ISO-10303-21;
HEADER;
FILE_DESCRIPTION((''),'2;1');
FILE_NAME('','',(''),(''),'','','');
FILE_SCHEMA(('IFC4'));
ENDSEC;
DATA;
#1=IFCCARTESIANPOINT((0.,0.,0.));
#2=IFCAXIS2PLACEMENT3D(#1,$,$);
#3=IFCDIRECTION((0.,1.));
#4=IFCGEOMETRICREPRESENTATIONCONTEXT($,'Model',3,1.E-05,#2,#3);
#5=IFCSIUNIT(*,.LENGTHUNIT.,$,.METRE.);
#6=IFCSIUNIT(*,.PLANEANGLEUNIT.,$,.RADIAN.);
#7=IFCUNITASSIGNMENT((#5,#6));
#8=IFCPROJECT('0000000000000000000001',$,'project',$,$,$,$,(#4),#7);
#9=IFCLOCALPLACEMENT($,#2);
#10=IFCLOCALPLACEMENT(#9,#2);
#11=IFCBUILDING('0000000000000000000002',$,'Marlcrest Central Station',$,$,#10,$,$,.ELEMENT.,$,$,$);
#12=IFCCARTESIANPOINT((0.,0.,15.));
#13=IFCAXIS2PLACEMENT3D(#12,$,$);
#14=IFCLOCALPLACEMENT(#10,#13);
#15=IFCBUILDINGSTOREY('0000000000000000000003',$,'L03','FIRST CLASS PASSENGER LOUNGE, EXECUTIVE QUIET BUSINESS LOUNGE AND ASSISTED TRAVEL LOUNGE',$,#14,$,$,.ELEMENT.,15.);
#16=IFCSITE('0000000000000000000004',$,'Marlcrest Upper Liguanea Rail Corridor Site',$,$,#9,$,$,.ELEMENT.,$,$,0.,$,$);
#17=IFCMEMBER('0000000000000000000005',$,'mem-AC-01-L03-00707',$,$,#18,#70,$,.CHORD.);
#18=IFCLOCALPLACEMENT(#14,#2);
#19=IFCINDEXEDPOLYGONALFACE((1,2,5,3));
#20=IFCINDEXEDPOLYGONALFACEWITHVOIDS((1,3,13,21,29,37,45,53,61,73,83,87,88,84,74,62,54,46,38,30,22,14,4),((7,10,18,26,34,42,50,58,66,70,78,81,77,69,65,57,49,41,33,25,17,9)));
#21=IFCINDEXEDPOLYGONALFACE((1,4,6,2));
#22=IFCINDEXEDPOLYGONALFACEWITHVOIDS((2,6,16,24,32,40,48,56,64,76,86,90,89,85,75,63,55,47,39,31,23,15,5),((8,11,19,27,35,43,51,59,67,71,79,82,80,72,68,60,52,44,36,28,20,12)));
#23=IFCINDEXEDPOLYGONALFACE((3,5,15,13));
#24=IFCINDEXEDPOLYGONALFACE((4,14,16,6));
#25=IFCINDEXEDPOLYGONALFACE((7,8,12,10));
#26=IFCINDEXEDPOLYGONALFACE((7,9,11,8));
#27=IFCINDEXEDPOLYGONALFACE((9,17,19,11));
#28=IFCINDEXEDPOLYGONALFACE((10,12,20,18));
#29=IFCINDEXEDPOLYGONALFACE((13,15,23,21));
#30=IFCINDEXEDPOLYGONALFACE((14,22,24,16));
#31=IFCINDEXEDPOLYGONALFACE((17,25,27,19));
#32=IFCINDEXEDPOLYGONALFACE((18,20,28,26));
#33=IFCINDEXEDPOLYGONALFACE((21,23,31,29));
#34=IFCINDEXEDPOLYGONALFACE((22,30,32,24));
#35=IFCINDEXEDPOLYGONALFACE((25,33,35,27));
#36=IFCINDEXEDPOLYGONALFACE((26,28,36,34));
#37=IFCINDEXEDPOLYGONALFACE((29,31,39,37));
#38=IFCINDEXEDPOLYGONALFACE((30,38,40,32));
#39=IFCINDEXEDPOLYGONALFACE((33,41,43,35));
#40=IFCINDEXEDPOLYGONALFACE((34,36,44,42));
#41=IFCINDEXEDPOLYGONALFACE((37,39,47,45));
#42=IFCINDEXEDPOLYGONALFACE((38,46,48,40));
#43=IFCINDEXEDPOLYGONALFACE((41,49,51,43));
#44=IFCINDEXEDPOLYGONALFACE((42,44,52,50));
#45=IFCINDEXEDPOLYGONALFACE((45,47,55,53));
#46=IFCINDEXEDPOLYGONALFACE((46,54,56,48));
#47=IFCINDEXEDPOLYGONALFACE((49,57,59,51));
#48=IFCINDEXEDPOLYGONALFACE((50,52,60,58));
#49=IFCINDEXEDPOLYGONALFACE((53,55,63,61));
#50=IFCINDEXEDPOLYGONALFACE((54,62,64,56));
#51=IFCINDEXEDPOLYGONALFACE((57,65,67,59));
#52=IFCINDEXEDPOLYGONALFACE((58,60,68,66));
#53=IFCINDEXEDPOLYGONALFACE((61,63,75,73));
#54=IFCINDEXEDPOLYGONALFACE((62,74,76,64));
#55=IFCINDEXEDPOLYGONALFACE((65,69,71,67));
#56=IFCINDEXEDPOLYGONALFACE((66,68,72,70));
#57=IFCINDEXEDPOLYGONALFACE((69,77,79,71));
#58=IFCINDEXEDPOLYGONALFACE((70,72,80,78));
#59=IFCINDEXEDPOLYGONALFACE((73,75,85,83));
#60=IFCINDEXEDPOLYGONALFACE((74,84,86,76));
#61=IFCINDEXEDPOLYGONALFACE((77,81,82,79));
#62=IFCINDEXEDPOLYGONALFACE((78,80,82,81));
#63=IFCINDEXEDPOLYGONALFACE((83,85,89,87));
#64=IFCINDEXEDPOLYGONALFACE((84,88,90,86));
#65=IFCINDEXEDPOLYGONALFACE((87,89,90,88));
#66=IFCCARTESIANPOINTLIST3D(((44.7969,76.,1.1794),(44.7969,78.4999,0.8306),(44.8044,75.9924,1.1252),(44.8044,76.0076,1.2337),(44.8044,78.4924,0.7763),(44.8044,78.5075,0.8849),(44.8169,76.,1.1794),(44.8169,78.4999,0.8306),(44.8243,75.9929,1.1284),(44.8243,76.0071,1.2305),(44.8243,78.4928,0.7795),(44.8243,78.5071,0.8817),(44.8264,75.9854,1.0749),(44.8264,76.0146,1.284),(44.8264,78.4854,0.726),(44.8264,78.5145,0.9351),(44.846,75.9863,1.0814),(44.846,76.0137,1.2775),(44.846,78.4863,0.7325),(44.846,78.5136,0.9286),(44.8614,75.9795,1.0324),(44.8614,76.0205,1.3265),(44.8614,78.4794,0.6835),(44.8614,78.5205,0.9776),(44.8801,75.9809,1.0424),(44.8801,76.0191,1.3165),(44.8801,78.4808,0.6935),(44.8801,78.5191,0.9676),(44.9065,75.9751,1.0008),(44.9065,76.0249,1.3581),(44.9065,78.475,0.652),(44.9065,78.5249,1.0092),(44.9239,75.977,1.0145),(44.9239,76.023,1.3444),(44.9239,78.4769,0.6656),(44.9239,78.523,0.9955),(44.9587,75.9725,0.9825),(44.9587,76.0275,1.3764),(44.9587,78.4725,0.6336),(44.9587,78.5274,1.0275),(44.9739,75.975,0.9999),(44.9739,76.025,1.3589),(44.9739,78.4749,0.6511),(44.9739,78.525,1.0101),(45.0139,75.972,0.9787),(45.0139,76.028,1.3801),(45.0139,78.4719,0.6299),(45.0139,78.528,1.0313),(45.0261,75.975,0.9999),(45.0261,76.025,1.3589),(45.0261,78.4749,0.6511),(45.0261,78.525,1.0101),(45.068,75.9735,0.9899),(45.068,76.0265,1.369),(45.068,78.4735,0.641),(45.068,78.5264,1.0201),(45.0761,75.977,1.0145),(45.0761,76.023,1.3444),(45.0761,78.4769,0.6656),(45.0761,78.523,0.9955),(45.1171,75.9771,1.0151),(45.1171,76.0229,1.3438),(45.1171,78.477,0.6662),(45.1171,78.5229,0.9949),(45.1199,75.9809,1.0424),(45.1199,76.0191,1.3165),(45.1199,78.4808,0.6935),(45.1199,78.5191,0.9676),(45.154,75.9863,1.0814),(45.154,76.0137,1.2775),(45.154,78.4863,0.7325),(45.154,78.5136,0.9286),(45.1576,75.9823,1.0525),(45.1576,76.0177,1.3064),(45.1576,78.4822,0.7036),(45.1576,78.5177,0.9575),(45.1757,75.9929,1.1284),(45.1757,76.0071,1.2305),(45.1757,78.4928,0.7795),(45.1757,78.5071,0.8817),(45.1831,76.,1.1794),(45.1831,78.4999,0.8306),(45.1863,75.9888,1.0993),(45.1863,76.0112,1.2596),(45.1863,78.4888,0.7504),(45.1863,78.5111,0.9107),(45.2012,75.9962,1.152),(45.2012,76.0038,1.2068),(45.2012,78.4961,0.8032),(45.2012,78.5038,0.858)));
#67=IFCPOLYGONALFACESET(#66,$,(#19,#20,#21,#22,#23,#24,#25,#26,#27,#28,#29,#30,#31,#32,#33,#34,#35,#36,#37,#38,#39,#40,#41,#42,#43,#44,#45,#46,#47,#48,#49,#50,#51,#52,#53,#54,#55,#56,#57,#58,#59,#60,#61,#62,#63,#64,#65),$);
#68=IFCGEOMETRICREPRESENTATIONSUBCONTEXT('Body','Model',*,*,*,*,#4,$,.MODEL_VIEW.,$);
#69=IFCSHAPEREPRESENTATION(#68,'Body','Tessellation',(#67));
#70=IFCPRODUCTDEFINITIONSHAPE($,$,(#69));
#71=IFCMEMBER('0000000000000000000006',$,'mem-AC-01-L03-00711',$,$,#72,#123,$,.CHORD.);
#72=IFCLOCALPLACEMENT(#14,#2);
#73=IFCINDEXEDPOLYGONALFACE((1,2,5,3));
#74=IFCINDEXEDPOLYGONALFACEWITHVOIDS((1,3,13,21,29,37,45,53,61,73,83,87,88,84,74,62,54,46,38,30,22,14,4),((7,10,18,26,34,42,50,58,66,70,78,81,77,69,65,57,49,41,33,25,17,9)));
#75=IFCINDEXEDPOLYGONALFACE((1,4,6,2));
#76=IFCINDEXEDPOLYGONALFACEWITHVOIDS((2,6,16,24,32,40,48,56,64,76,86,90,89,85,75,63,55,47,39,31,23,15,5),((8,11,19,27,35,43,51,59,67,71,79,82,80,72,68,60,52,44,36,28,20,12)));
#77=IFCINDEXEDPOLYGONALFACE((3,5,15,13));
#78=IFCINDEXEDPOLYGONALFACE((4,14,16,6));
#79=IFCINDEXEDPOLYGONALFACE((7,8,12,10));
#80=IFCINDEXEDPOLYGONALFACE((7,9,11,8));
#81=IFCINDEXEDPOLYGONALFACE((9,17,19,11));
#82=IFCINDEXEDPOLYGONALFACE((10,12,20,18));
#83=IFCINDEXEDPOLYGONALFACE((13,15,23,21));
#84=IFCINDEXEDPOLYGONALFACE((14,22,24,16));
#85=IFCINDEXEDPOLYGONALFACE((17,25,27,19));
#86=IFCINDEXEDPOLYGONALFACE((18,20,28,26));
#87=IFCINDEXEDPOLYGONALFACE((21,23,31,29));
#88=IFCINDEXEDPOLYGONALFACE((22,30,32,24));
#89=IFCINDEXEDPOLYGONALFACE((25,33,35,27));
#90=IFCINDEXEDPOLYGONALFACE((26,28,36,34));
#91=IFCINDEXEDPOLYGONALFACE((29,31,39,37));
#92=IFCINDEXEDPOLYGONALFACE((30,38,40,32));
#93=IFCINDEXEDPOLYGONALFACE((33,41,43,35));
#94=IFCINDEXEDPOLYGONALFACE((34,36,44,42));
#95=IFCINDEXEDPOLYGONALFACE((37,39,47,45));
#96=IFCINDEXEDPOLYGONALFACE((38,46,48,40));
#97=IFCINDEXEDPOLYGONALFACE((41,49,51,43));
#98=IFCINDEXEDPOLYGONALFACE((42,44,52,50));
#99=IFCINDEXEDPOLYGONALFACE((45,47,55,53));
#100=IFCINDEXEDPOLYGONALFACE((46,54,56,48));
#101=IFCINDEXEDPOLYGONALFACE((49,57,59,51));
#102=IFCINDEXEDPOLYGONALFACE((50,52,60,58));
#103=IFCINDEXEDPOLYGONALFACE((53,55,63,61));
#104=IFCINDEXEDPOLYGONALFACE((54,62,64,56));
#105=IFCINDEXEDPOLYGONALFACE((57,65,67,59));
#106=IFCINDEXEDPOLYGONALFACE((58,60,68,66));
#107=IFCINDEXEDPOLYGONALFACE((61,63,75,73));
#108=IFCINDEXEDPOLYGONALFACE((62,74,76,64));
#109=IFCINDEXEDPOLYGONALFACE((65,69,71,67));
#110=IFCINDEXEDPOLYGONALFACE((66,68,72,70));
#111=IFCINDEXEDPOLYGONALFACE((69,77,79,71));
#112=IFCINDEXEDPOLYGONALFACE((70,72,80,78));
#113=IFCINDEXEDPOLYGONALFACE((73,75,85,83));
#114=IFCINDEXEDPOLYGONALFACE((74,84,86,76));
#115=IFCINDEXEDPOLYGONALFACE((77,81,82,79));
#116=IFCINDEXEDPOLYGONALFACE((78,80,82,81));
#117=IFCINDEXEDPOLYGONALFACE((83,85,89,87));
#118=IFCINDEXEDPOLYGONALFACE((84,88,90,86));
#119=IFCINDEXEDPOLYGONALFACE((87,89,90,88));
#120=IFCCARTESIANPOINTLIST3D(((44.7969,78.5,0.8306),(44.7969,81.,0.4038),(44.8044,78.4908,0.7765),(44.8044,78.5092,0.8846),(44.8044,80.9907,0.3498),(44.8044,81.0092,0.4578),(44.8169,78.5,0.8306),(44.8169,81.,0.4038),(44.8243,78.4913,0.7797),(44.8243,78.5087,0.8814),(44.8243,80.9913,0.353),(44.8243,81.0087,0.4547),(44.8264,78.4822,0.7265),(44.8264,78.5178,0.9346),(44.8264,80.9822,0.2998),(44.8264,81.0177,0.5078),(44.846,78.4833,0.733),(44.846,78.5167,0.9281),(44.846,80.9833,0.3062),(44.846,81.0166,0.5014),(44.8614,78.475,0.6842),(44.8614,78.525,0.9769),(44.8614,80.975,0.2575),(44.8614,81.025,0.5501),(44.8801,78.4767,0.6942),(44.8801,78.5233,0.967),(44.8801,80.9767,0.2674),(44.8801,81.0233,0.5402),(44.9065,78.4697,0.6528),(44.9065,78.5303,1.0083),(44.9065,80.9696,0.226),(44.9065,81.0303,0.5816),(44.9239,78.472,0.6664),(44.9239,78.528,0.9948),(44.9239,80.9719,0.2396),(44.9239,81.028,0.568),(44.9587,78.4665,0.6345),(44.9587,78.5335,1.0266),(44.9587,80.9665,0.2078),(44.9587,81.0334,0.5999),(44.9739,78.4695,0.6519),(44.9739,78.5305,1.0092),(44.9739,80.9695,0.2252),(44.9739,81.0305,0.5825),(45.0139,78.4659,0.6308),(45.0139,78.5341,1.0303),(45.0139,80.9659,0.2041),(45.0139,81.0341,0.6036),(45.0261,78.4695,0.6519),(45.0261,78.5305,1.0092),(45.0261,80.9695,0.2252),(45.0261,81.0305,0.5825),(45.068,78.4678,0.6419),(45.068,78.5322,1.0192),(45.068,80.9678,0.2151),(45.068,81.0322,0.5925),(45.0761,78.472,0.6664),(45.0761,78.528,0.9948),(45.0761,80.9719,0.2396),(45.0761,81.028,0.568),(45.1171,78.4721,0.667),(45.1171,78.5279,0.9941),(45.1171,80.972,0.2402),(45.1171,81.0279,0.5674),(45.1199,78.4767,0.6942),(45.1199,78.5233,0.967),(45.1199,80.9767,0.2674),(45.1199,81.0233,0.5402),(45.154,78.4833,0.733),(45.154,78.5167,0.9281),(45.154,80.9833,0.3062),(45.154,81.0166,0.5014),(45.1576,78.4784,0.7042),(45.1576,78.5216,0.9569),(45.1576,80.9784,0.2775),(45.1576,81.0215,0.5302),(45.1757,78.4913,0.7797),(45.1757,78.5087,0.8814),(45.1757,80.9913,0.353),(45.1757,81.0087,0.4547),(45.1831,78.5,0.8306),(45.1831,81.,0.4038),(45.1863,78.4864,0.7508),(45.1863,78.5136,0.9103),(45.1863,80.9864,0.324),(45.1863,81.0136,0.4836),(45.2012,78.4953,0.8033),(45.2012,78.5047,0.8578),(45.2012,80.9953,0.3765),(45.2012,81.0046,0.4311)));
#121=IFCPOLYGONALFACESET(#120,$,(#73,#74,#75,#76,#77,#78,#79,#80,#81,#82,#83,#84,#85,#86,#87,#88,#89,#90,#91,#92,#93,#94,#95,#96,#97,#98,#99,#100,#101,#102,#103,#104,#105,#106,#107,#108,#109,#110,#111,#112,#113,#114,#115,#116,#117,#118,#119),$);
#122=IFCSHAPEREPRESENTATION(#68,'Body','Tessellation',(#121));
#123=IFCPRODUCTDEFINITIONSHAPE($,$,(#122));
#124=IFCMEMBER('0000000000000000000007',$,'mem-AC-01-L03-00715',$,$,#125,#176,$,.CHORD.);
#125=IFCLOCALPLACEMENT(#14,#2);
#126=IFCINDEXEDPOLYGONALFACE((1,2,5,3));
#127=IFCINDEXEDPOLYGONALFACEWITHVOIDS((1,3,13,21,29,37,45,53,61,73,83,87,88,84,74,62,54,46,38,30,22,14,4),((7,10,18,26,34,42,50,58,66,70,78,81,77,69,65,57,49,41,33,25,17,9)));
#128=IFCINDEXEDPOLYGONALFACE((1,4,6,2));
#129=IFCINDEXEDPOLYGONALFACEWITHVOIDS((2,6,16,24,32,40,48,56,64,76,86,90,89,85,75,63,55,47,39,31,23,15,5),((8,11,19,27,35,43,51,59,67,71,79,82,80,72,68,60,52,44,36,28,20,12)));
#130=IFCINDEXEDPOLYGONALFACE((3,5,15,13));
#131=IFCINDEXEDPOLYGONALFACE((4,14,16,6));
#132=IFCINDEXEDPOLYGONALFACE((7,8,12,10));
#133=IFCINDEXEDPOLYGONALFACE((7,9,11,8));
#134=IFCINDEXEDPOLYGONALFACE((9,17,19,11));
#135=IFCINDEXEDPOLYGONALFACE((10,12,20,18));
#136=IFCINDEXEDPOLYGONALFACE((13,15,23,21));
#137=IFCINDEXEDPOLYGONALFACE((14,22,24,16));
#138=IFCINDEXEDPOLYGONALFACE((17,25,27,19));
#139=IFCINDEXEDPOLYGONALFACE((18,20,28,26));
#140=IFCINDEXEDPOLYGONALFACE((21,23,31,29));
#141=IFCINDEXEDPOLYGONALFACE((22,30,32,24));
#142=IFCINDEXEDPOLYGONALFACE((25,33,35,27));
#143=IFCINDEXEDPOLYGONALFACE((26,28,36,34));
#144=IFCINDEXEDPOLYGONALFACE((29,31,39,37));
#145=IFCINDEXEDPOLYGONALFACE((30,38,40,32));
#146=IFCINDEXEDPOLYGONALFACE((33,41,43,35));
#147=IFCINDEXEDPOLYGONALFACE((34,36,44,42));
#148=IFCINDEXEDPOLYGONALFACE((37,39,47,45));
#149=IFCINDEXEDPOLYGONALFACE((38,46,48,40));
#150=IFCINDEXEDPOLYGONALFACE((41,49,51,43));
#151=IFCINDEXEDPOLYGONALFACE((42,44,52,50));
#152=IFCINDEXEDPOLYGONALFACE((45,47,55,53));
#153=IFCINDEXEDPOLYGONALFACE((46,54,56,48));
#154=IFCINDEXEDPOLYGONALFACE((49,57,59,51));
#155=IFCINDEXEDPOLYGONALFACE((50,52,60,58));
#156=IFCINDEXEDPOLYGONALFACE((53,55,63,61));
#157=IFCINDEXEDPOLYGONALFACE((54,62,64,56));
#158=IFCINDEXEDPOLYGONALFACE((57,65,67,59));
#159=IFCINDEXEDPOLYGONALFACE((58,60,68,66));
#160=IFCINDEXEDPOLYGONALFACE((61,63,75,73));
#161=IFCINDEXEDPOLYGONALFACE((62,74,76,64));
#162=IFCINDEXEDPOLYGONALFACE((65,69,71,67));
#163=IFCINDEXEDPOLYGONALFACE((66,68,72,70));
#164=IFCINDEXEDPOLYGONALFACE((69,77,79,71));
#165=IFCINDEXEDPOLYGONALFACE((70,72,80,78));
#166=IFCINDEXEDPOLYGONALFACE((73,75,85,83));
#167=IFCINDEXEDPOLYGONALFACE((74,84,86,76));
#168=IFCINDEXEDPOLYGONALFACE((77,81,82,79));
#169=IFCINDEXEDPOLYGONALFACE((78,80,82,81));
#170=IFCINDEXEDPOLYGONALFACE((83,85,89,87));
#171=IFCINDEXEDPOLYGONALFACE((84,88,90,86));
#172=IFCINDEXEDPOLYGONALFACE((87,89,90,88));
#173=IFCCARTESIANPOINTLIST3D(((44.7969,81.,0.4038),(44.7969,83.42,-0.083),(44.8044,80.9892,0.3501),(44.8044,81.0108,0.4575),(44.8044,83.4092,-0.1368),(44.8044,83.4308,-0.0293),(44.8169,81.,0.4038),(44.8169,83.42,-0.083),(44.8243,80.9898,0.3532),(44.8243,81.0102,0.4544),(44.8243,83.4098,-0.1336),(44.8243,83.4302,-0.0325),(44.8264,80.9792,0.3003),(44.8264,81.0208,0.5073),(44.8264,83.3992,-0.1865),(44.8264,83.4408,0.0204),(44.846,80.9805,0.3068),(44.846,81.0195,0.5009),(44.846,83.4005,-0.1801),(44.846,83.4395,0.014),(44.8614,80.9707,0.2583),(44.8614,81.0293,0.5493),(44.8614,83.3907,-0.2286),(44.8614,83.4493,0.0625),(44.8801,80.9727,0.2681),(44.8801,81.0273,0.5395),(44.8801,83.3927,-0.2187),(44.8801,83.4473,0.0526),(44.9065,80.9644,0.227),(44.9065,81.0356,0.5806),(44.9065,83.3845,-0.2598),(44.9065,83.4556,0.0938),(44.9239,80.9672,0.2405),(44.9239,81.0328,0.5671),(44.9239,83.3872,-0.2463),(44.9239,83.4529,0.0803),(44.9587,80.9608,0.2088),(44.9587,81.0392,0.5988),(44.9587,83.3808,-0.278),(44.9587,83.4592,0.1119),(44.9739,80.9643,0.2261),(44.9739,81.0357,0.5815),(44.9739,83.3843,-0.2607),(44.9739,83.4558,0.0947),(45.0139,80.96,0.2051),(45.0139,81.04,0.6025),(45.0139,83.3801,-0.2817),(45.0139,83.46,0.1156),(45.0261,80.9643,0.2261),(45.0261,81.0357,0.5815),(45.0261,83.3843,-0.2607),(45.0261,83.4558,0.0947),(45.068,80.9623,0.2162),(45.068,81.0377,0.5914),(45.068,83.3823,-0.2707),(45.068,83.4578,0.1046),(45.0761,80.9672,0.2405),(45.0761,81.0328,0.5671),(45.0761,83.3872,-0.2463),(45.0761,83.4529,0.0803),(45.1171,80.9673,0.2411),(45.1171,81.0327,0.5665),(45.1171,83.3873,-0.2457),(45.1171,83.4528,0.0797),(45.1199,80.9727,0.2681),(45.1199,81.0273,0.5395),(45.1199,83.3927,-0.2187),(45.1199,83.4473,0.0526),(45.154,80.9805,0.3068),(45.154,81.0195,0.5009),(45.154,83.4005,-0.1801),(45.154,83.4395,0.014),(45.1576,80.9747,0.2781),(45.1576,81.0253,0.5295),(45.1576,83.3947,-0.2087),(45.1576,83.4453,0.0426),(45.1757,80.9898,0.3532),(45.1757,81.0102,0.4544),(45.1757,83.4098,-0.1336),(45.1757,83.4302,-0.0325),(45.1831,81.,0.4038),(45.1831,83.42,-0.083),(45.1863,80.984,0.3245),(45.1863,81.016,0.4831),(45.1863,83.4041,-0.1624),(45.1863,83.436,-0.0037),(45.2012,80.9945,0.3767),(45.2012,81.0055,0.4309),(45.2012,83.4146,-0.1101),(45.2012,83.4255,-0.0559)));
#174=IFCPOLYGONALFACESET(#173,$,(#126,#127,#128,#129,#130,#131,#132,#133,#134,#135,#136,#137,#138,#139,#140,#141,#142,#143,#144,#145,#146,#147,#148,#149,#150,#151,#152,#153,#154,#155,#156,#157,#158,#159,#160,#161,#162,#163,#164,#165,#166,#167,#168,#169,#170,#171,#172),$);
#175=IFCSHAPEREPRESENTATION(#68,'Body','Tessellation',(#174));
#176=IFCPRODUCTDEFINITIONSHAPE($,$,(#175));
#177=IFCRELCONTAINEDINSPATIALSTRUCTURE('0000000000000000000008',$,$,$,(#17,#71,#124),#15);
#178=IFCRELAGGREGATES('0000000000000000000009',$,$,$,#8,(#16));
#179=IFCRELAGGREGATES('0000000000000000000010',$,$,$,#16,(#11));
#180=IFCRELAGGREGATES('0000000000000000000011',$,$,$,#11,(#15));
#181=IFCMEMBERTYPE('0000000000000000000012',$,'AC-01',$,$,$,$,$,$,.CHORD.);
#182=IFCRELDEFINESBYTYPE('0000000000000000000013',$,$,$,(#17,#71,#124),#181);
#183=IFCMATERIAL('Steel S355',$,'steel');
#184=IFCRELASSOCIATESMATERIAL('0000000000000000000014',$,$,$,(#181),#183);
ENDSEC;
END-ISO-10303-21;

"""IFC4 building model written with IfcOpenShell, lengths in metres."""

from ifc_helpers import new_model, si_unit, direction, frame, origin, origin_2d, place, context, subcontext, project, spatial, hollow_circle, extrude, material, material_profile, profile_set, type_object, element, save


model = new_model("IFC4")

# Units and contexts
model_context = context("Model", 3, precision=1e-05, world=origin(), true_north=direction((0.0, 1.0)))
body_context = subcontext(model_context, "Body", "Model", "MODEL_VIEW")
ifc_project = project(units=[si_unit("LENGTHUNIT", "METRE"), si_unit("PLANEANGLEUNIT", "RADIAN")], contexts=[model_context])

# Site, building, storey
site_placement = place(None, origin())
site = spatial("IfcSite", under=ifc_project, at=site_placement, Name="Marlcrest Upper Liguanea Rail Corridor Site", CompositionType="ELEMENT", RefElevation=0.0)
building_placement = place(site_placement, origin())
building = spatial("IfcBuilding", under=site, at=building_placement, Name="Marlcrest Central Station", CompositionType="ELEMENT")
storey_placement = place(building_placement, frame((0.0, 0.0, 15.0)))
storey = spatial("IfcBuildingStorey", under=building, at=storey_placement, Name="L03", Description="FIRST CLASS PASSENGER LOUNGE, EXECUTIVE QUIET BUSINESS LOUNGE AND ASSISTED TRAVEL LOUNGE", CompositionType="ELEMENT", Elevation=15.0)

# Members
ifc_material_1 = material(Name="Steel S355", Category="steel")
ifc_material_profile_1 = material_profile(ifc_material_1, hollow_circle(Radius=0.2031, WallThickness=0.02, at=origin_2d()), Name="CHS 406.4x20")
ifc_profile_set_1 = profile_set([ifc_material_profile_1], Name="Steel S355")
member_type_1 = type_object("IfcMemberType", Name="AC-01", PredefinedType="CHORD", material=ifc_profile_set_1)
member_1_placement = place(storey_placement, frame((45.0, 76.0, 1.1794), z_axis=(0.0, 0.990403, -0.138211), x_axis=(-1.0, 0.0, 0.0)))
element("IfcMember", 1, at=member_1_placement, inside=storey, type_object=member_type_1, Name="mem-AC-01-L03-00707", PredefinedType="CHORD", context=body_context, shape_type="SweptSolid", body=[
    extrude(hollow_circle(Radius=0.2031, WallThickness=0.02, at=origin_2d()), origin(), (0.0, 0.0, 1.0), 2.5242),
])
member_2_placement = place(storey_placement, frame((45.0, 78.5, 0.8306), z_axis=(0.0, 0.985741, -0.168269), x_axis=(-1.0, 0.0, 0.0)))
element("IfcMember", 2, at=member_2_placement, inside=storey, type_object=member_type_1, Name="mem-AC-01-L03-00711", PredefinedType="CHORD", context=body_context, shape_type="SweptSolid", body=[
    extrude(hollow_circle(Radius=0.2031, WallThickness=0.02, at=origin_2d()), origin(), (0.0, 0.0, 1.0), 2.5361),
])
member_3_placement = place(storey_placement, frame((45.0, 81.0, 0.4038), z_axis=(0.0, 0.980359, -0.197219), x_axis=(-1.0, 0.0, 0.0)))
element("IfcMember", 3, at=member_3_placement, inside=storey, type_object=member_type_1, Name="mem-AC-01-L03-00715", PredefinedType="CHORD", context=body_context, shape_type="SweptSolid", body=[
    extrude(hollow_circle(Radius=0.2031, WallThickness=0.02, at=origin_2d()), origin(), (0.0, 0.0, 1.0), 2.4685),
])

save(model, "model.ifc")
